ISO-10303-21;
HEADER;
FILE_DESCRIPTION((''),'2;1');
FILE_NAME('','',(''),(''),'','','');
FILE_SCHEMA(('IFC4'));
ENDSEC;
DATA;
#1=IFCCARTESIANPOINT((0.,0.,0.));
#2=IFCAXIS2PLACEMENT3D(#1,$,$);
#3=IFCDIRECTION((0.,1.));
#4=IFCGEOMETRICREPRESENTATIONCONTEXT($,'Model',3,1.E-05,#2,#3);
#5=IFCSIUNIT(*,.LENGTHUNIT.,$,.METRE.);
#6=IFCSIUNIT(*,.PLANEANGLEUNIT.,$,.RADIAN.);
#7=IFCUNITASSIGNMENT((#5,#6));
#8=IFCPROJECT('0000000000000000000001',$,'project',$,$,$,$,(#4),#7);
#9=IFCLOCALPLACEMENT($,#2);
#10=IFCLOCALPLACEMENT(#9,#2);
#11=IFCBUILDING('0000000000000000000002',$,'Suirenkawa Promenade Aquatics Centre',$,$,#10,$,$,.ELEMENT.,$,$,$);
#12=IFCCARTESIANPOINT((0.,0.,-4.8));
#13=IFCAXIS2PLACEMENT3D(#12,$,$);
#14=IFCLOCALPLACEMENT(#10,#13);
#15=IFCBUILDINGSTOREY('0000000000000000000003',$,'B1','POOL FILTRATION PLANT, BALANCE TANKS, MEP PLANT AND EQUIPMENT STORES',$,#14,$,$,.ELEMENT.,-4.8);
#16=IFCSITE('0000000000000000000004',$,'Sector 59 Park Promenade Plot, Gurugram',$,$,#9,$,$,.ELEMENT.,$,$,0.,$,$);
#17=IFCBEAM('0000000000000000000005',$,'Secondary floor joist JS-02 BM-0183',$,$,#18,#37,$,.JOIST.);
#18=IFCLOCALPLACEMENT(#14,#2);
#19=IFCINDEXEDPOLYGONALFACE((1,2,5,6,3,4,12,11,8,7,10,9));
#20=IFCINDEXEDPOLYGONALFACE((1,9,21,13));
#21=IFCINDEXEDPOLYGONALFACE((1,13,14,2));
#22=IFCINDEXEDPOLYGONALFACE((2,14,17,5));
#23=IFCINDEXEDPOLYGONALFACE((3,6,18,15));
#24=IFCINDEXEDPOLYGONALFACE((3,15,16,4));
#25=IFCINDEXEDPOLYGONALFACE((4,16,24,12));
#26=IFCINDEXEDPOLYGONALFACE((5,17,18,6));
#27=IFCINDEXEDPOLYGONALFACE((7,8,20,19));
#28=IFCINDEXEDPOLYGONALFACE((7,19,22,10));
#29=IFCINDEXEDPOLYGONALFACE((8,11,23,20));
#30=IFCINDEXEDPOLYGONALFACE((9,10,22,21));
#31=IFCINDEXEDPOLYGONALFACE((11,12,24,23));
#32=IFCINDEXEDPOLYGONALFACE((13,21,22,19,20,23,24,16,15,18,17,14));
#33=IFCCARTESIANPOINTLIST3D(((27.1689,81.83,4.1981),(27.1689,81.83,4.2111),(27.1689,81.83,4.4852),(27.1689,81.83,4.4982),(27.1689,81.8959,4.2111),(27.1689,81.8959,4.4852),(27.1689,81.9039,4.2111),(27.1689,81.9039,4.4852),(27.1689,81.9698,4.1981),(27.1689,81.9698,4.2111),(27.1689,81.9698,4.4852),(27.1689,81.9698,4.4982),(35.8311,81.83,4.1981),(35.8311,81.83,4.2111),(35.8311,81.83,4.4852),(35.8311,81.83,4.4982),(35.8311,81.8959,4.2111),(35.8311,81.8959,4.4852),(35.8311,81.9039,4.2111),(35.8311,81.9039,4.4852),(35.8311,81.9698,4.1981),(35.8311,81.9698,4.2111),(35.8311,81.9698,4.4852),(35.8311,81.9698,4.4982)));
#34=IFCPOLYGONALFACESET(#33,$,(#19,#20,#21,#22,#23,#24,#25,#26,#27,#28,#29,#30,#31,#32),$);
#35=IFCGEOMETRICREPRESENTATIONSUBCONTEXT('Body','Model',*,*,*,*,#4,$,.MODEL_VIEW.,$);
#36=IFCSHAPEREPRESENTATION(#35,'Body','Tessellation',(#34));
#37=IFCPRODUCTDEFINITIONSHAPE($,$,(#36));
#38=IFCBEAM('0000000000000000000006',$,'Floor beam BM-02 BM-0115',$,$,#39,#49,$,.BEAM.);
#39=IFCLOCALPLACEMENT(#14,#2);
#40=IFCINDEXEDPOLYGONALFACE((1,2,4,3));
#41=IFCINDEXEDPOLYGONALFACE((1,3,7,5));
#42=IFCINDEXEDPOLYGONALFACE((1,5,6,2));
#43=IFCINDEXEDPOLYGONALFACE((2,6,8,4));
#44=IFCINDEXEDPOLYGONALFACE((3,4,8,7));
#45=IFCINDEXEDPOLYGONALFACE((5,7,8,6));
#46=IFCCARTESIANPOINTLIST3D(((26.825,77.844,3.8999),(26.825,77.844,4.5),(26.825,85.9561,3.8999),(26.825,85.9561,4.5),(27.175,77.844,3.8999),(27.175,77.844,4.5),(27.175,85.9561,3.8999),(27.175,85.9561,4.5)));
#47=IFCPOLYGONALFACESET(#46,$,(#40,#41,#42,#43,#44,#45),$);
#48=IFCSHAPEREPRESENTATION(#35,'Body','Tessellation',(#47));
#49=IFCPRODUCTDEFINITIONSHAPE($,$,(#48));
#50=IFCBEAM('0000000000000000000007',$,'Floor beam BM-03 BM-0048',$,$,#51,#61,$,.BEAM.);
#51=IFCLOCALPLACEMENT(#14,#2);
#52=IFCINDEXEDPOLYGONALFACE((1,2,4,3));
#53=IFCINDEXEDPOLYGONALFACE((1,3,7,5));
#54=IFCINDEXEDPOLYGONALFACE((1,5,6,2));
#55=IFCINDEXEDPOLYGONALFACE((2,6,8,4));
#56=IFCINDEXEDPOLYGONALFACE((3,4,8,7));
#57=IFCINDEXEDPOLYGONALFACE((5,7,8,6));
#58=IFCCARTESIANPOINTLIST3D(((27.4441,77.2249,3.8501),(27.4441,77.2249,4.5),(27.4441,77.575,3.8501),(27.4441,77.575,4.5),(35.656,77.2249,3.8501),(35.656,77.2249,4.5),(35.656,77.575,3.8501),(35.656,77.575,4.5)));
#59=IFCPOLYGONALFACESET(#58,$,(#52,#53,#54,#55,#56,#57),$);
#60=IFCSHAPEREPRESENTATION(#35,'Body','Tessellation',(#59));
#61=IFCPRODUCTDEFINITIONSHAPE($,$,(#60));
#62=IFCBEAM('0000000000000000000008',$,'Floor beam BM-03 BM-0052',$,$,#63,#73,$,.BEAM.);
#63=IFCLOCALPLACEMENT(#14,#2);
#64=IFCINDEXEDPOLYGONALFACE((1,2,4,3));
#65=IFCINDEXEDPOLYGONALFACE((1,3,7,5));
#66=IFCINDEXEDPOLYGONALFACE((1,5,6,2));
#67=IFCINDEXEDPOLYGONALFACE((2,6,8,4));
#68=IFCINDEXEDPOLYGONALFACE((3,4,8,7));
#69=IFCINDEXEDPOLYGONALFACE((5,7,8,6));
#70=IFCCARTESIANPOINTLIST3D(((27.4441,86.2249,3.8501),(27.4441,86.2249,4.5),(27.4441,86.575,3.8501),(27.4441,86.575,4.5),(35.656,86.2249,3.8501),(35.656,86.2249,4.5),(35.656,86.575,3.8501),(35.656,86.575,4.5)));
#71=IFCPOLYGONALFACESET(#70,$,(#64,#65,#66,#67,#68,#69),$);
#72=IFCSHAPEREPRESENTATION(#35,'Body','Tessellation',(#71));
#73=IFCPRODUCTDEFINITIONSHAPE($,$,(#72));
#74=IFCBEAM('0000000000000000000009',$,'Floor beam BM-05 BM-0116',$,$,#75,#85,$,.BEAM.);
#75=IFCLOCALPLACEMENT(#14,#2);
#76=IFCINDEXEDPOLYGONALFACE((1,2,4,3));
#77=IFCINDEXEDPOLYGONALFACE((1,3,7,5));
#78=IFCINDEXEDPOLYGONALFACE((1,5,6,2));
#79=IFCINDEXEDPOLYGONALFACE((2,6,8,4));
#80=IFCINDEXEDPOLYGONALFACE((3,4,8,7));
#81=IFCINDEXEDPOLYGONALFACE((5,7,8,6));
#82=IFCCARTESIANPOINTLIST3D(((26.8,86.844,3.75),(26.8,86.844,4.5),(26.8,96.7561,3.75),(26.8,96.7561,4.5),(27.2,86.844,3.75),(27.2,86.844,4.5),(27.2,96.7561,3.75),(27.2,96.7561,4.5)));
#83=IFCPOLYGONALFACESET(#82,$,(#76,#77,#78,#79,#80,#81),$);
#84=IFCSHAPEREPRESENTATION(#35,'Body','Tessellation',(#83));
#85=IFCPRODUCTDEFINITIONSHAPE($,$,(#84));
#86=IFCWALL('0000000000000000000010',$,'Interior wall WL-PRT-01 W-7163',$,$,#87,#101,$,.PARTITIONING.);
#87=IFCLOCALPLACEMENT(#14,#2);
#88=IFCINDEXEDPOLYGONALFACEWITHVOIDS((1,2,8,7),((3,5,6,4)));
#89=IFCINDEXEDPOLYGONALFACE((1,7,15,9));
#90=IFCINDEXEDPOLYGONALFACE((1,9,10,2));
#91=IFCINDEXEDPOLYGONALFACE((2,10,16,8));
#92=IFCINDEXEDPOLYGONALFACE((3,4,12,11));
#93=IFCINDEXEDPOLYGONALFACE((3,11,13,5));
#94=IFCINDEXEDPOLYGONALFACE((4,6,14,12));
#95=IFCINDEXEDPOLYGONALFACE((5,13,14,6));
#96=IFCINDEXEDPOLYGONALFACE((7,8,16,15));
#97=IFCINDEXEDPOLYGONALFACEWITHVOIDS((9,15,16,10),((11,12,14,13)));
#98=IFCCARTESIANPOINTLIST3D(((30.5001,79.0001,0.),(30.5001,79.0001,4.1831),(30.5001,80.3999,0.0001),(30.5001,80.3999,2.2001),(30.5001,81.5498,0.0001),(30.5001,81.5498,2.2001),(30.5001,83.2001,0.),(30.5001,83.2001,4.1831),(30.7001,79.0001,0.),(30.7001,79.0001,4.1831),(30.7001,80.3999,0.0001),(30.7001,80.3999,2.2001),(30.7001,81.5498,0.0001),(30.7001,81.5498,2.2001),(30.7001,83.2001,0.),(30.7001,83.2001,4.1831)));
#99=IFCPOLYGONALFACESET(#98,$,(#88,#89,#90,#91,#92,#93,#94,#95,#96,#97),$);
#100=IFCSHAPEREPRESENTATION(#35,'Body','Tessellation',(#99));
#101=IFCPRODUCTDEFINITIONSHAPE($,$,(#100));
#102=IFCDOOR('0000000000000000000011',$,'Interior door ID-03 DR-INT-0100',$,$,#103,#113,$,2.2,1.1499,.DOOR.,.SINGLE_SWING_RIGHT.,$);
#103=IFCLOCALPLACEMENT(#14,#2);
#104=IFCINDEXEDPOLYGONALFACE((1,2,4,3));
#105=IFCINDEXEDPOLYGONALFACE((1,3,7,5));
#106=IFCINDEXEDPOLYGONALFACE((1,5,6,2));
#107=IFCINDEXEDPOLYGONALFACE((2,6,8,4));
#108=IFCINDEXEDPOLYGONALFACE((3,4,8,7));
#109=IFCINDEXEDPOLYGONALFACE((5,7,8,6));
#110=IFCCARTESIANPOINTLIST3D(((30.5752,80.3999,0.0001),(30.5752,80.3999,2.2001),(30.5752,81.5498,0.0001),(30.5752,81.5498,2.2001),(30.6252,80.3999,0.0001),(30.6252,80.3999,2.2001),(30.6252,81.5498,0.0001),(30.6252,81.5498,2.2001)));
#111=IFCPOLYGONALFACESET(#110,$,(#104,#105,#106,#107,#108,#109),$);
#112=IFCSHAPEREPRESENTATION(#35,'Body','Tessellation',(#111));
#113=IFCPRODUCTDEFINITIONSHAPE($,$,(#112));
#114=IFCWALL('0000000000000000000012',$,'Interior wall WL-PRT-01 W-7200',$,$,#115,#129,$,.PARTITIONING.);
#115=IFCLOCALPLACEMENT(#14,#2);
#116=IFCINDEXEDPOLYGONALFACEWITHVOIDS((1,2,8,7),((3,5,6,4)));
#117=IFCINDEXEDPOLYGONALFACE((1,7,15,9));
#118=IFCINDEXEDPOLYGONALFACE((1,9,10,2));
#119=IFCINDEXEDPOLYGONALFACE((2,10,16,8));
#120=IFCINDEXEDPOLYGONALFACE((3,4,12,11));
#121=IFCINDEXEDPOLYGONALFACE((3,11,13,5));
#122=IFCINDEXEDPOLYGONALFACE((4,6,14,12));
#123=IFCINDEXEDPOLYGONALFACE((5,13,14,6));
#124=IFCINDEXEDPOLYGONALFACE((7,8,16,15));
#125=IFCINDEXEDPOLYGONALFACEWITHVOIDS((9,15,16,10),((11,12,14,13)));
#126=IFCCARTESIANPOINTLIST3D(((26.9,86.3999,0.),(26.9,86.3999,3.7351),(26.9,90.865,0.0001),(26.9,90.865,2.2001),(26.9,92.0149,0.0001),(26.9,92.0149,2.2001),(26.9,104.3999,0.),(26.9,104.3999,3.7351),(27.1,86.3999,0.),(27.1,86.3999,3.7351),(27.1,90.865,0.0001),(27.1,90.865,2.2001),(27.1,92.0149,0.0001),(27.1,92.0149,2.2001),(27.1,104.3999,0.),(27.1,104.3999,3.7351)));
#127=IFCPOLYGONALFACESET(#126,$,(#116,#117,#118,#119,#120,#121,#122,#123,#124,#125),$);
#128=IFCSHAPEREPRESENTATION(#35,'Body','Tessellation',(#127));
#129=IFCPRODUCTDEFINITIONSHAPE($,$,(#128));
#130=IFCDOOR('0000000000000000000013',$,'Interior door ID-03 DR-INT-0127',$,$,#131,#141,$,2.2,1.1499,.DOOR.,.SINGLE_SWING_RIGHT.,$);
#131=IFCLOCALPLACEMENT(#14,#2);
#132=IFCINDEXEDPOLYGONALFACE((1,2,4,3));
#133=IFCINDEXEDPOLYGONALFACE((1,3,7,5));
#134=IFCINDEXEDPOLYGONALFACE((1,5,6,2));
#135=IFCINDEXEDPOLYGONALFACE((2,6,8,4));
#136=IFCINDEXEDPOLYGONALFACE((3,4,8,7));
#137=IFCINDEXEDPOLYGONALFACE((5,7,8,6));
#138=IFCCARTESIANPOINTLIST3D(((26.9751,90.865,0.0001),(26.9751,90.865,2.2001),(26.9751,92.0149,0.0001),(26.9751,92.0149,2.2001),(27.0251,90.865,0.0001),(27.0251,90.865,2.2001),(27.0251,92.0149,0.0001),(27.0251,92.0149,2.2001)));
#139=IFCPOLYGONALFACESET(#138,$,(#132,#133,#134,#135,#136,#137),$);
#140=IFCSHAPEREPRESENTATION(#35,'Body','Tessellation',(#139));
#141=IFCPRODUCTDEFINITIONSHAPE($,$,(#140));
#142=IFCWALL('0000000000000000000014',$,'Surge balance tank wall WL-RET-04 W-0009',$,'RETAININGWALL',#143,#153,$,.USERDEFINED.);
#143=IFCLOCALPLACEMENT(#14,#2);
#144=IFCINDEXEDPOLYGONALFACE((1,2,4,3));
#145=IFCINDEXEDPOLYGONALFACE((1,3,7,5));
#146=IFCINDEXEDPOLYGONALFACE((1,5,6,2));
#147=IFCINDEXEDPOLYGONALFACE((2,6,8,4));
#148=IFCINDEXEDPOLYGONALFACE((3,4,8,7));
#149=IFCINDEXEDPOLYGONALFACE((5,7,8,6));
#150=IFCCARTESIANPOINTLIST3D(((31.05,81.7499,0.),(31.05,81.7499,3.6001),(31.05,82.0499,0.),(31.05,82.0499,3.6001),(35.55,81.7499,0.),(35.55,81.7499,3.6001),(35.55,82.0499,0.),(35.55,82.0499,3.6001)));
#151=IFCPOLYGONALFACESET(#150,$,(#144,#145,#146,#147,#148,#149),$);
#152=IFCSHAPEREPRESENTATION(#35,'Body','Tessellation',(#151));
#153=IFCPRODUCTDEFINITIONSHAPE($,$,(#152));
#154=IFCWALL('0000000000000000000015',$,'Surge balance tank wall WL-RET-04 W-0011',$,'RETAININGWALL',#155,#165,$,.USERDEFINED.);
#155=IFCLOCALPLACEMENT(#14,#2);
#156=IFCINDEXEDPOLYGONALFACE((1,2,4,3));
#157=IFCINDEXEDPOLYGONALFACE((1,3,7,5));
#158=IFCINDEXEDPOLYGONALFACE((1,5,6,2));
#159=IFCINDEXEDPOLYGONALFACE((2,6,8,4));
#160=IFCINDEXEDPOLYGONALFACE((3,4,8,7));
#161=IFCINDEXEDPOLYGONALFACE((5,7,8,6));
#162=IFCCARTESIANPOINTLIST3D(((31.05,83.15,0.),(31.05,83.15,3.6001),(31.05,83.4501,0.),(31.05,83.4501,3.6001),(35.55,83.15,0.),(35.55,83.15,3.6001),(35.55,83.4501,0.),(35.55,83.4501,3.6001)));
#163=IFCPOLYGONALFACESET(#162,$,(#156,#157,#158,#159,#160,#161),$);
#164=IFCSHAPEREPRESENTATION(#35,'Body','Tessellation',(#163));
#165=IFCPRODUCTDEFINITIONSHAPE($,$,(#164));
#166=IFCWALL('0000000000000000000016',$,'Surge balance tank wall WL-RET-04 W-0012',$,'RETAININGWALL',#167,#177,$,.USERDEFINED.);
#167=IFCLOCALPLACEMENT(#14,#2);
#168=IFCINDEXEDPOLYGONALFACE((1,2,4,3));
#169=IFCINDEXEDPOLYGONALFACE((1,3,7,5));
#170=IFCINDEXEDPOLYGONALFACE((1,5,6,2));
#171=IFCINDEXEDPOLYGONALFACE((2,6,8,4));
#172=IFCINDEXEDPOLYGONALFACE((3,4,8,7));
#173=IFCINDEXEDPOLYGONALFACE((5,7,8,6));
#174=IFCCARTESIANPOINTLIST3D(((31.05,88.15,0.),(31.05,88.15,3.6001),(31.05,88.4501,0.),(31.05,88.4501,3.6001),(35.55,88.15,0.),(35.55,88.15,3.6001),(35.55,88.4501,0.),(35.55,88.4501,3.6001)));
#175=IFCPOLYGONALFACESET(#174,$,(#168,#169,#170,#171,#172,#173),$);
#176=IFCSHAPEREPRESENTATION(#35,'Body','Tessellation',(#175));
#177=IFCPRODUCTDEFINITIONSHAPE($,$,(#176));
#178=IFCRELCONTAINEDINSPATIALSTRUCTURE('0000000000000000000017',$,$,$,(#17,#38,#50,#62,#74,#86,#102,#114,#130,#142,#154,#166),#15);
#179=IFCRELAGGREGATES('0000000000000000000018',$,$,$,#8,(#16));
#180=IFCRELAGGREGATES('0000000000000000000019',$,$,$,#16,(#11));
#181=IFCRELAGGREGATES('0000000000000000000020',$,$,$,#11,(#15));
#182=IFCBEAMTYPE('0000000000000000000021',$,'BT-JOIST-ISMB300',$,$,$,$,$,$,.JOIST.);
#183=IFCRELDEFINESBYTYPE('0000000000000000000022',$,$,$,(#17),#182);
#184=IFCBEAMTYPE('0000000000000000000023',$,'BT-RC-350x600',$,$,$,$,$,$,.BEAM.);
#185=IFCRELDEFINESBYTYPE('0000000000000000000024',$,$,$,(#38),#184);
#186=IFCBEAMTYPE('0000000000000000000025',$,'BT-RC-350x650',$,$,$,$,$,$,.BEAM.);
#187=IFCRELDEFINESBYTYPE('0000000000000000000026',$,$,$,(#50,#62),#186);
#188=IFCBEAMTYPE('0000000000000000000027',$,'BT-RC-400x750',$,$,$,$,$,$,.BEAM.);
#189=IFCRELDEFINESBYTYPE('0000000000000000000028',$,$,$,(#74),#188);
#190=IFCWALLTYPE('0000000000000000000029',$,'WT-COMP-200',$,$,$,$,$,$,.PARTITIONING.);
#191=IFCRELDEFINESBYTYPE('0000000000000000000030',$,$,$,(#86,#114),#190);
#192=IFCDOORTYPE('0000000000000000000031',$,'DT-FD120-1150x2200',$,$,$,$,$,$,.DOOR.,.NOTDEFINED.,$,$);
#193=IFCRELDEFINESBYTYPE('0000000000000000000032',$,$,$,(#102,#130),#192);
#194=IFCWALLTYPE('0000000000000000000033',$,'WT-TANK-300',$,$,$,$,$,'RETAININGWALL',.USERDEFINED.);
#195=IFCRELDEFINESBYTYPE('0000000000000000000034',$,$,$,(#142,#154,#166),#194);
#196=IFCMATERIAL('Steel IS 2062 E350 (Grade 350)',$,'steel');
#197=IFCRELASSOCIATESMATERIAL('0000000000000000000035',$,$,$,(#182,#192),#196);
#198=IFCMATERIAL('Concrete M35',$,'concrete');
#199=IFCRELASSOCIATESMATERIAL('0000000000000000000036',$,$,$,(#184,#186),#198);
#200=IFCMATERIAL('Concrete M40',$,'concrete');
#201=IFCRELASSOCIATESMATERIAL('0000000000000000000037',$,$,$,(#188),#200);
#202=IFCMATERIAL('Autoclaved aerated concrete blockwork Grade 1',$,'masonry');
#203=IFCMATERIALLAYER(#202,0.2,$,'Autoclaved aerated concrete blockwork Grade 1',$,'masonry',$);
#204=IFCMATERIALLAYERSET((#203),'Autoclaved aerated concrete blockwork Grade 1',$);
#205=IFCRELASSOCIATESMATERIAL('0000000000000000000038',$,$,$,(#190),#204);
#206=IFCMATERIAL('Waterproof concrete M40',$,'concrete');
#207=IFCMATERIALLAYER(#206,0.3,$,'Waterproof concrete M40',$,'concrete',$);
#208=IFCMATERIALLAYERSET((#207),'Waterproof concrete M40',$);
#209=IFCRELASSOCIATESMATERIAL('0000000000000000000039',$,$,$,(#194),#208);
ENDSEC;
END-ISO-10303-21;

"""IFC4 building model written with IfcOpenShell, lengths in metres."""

from ifc_helpers import new_model, si_unit, direction, frame, frame_2d, origin, origin_2d, place, context, subcontext, project, spatial, rectangle, i_section, extrude, material, layer, layer_set, material_profile, profile_set, type_object, element, fill, save


model = new_model("IFC4")

# Units and contexts
model_context = context("Model", 3, precision=1e-05, world=origin(), true_north=direction((0.0, 1.0)))
body_context = subcontext(model_context, "Body", "Model", "MODEL_VIEW")
ifc_project = project(units=[si_unit("LENGTHUNIT", "METRE"), si_unit("PLANEANGLEUNIT", "RADIAN")], contexts=[model_context])

# Site, building, storey
site_placement = place(None, origin())
site = spatial("IfcSite", under=ifc_project, at=site_placement, Name="Sector 59 Park Promenade Plot, Gurugram", CompositionType="ELEMENT", RefElevation=0.0)
building_placement = place(site_placement, origin())
building = spatial("IfcBuilding", under=site, at=building_placement, Name="Suirenkawa Promenade Aquatics Centre", CompositionType="ELEMENT")
storey_placement = place(building_placement, frame((0.0, 0.0, -4.8)))
storey = spatial("IfcBuildingStorey", under=building, at=storey_placement, Name="B1", Description="POOL FILTRATION PLANT, BALANCE TANKS, MEP PLANT AND EQUIPMENT STORES", CompositionType="ELEMENT", Elevation=-4.8)

# Shared definitions
ifc_material_1 = material(Name="Concrete M35", Category="concrete")

# Shared definitions
ifc_material_2 = material(Name="Concrete M40", Category="concrete")

# Beams
ifc_material_3 = material(Name="Steel IS 2062 E350 (Grade 350)", Category="steel")
ifc_material_profile_1 = material_profile(ifc_material_3, i_section(OverallWidth=0.1399, OverallDepth=0.3, WebThickness=0.0081, FlangeThickness=0.0129, at=origin_2d()), Name="ISMB 300", Category="steel")
ifc_profile_set_1 = profile_set([ifc_material_profile_1], Name="Steel IS 2062 E350 (Grade 350)")
beam_type_1 = type_object("IfcBeamType", Name="BT-JOIST-ISMB300", PredefinedType="JOIST", material=ifc_profile_set_1)
beam_1_placement = place(storey_placement, frame((27.1689, 81.8999, 4.3481), z_axis=(1.0, 0.0, 0.0), x_axis=(0.0, 1.0, 0.0)))
element("IfcBeam", 1, at=beam_1_placement, inside=storey, type_object=beam_type_1, Name="Secondary floor joist JS-02 BM-0183", PredefinedType="JOIST", context=body_context, shape_type="SweptSolid", body=[
    extrude(i_section(OverallWidth=0.1399, OverallDepth=0.3, WebThickness=0.0081, FlangeThickness=0.0129, at=origin_2d()), origin(), (0.0, 0.0, 1.0), 8.6621),
])
ifc_material_profile_2 = material_profile(ifc_material_1, rectangle(XDim=0.3501, YDim=0.6001, at=origin_2d()), Name="RC BM 350x600", Category="concrete")
ifc_profile_set_2 = profile_set([ifc_material_profile_2], Name="Concrete M35")
beam_type_2 = type_object("IfcBeamType", Name="BT-RC-350x600", PredefinedType="BEAM", material=ifc_profile_set_2)
beam_2_placement = place(storey_placement, frame((27.0, 77.844, 4.2), z_axis=(0.0, 1.0, 0.0), x_axis=(-1.0, 0.0, 0.0)))
element("IfcBeam", 2, at=beam_2_placement, inside=storey, type_object=beam_type_2, Name="Floor beam BM-02 BM-0115", PredefinedType="BEAM", context=body_context, shape_type="SweptSolid", body=[
    extrude(rectangle(XDim=0.3501, YDim=0.6001, at=origin_2d()), origin(), (0.0, 0.0, 1.0), 8.1121),
])
ifc_material_profile_3 = material_profile(ifc_material_1, rectangle(XDim=0.3501, YDim=0.6499, at=origin_2d()), Name="RC BM 350x650", Category="concrete")
ifc_profile_set_3 = profile_set([ifc_material_profile_3], Name="Concrete M35")
beam_type_3 = type_object("IfcBeamType", Name="BT-RC-350x650", PredefinedType="BEAM", material=ifc_profile_set_3)
for number, where, z_axis, x_axis, name in (
    (3, (27.4441, 77.3999, 4.175), (1.0, 0.0, 0.0), (0.0, 1.0, 0.0), "Floor beam BM-03 BM-0048"),
    (4, (27.4441, 86.3999, 4.175), (1.0, 0.0, 0.0), (0.0, 1.0, 0.0), "Floor beam BM-03 BM-0052"),
):
    element("IfcBeam", number, at=place(storey_placement, frame(where, z_axis=z_axis, x_axis=x_axis)), inside=storey, type_object=beam_type_3, Name=name, PredefinedType="BEAM", context=body_context, shape_type="SweptSolid", body=[
        extrude(rectangle(XDim=0.3501, YDim=0.6499, at=origin_2d()), origin(), (0.0, 0.0, 1.0), 8.2119),
    ])
ifc_material_profile_4 = material_profile(ifc_material_2, rectangle(XDim=0.3999, YDim=0.75, at=origin_2d()), Name="RC BM 400x750", Category="concrete")
ifc_profile_set_4 = profile_set([ifc_material_profile_4], Name="Concrete M40")
beam_type_4 = type_object("IfcBeamType", Name="BT-RC-400x750", PredefinedType="BEAM", material=ifc_profile_set_4)
beam_3_placement = place(storey_placement, frame((27.0, 86.844, 4.125), z_axis=(0.0, 1.0, 0.0), x_axis=(-1.0, 0.0, 0.0)))
element("IfcBeam", 5, at=beam_3_placement, inside=storey, type_object=beam_type_4, Name="Floor beam BM-05 BM-0116", PredefinedType="BEAM", context=body_context, shape_type="SweptSolid", body=[
    extrude(rectangle(XDim=0.3999, YDim=0.75, at=origin_2d()), origin(), (0.0, 0.0, 1.0), 9.9121),
])

# Walls, openings, doors
ifc_material_4 = material(Name="Autoclaved aerated concrete blockwork Grade 1", Category="masonry")
ifc_layer_1 = layer(ifc_material_4, 0.2, Name="Autoclaved aerated concrete blockwork Grade 1", Category="masonry")
ifc_layer_set_1 = layer_set([ifc_layer_1], Name="Autoclaved aerated concrete blockwork Grade 1")
wall_type_1 = type_object("IfcWallType", Name="WT-COMP-200", PredefinedType="PARTITIONING", material=ifc_layer_set_1)
wall_1_placement = place(storey_placement, frame((30.6001, 79.0, 0.0), z_axis=(0.0, 0.0, 1.0), x_axis=(0.0, 1.0, 0.0)))
wall_1 = element("IfcWall", 6, at=wall_1_placement, inside=storey, type_object=wall_type_1, Name="Interior wall WL-PRT-01 W-7163", PredefinedType="PARTITIONING", context=body_context, shape_type="SweptSolid", body=[
    extrude(rectangle(XDim=4.2, YDim=0.2, at=frame_2d((2.1001, 0.0))), origin(), (0.0, 0.0, 1.0), 4.1831),
])
opening_1_placement = place(wall_1_placement, frame((1.3999, 0.0, 0.0)))
opening_1 = element("IfcOpeningElement", 7, at=opening_1_placement, cuts=wall_1, PredefinedType="OPENING", context=body_context, shape_type="SweptSolid", body=[
    extrude(rectangle(XDim=1.1499, YDim=2.2, at=frame_2d((0.575, 1.1001))), frame((0.0, 0.1099, 0.0), z_axis=(0.0, -1.0, 0.0), x_axis=(1.0, 0.0, 0.0)), (0.0, 0.0, 1.0), 0.22),
])
door_type = type_object("IfcDoorType", Name="DT-FD120-1150x2200", OperationType="NOTDEFINED", PredefinedType="DOOR", material=ifc_material_3)
door_1_placement = place(opening_1_placement, origin())
door_1 = element("IfcDoor", 8, at=door_1_placement, inside=storey, type_object=door_type, Name="Interior door ID-03 DR-INT-0100", OperationType="SINGLE_SWING_RIGHT", OverallHeight=2.2, OverallWidth=1.1499, PredefinedType="DOOR", context=body_context, shape_type="SweptSolid", body=[
    extrude(rectangle(XDim=1.1499, YDim=2.2, at=frame_2d((0.575, 1.1001))), frame((0.0, 0.0249, 0.0), z_axis=(0.0, -1.0, 0.0), x_axis=(1.0, 0.0, 0.0)), (0.0, 0.0, 1.0), 0.05),
])
fill(opening_1, door_1)
wall_2_placement = place(storey_placement, frame((27.0, 86.3999, 0.0), z_axis=(0.0, 0.0, 1.0), x_axis=(0.0, 1.0, 0.0)))
wall_2 = element("IfcWall", 9, at=wall_2_placement, inside=storey, type_object=wall_type_1, Name="Interior wall WL-PRT-01 W-7200", PredefinedType="PARTITIONING", context=body_context, shape_type="SweptSolid", body=[
    extrude(rectangle(XDim=18.0, YDim=0.2, at=frame_2d((9.0, 0.0))), origin(), (0.0, 0.0, 1.0), 3.7351),
])
opening_2_placement = place(wall_2_placement, frame((4.4651, 0.0, 0.0)))
opening_2 = element("IfcOpeningElement", 10, at=opening_2_placement, cuts=wall_2, PredefinedType="OPENING", context=body_context, shape_type="SweptSolid", body=[
    extrude(rectangle(XDim=1.1499, YDim=2.2, at=frame_2d((0.575, 1.1001))), frame((0.0, 0.1099, 0.0), z_axis=(0.0, -1.0, 0.0), x_axis=(1.0, 0.0, 0.0)), (0.0, 0.0, 1.0), 0.22),
])
door_2_placement = place(opening_2_placement, origin())
door_2 = element("IfcDoor", 11, at=door_2_placement, inside=storey, type_object=door_type, Name="Interior door ID-03 DR-INT-0127", OperationType="SINGLE_SWING_RIGHT", OverallHeight=2.2, OverallWidth=1.1499, PredefinedType="DOOR", context=body_context, shape_type="SweptSolid", body=[
    extrude(rectangle(XDim=1.1499, YDim=2.2, at=frame_2d((0.575, 1.1001))), frame((0.0, 0.0249, 0.0), z_axis=(0.0, -1.0, 0.0), x_axis=(1.0, 0.0, 0.0)), (0.0, 0.0, 1.0), 0.05),
])
fill(opening_2, door_2)

# Walls
ifc_material_5 = material(Name="Waterproof concrete M40", Category="concrete")
ifc_layer_2 = layer(ifc_material_5, 0.3, Name="Waterproof concrete M40", Category="concrete")
ifc_layer_set_2 = layer_set([ifc_layer_2], Name="Waterproof concrete M40")
wall_type_2 = type_object("IfcWallType", Name="WT-TANK-300", ElementType="RETAININGWALL", PredefinedType="USERDEFINED", material=ifc_layer_set_2)
for number, where, z_axis, x_axis, name in (
    (12, (31.05, 81.8999, 0.0), (0.0, 0.0, 1.0), (1.0, 0.0, 0.0), "Surge balance tank wall WL-RET-04 W-0009"),
    (13, (31.05, 83.3, 0.0), (0.0, 0.0, 1.0), (1.0, 0.0, 0.0), "Surge balance tank wall WL-RET-04 W-0011"),
    (14, (31.05, 88.3, 0.0), (0.0, 0.0, 1.0), (1.0, 0.0, 0.0), "Surge balance tank wall WL-RET-04 W-0012"),
):
    element("IfcWall", number, at=place(storey_placement, frame(where, z_axis=z_axis, x_axis=x_axis)), inside=storey, type_object=wall_type_2, Name=name, ObjectType="RETAININGWALL", PredefinedType="USERDEFINED", context=body_context, shape_type="SweptSolid", body=[
        extrude(rectangle(XDim=4.5, YDim=0.3, at=frame_2d((2.25, 0.0))), origin(), (0.0, 0.0, 1.0), 3.6001),
    ])

save(model, "model.ifc")
